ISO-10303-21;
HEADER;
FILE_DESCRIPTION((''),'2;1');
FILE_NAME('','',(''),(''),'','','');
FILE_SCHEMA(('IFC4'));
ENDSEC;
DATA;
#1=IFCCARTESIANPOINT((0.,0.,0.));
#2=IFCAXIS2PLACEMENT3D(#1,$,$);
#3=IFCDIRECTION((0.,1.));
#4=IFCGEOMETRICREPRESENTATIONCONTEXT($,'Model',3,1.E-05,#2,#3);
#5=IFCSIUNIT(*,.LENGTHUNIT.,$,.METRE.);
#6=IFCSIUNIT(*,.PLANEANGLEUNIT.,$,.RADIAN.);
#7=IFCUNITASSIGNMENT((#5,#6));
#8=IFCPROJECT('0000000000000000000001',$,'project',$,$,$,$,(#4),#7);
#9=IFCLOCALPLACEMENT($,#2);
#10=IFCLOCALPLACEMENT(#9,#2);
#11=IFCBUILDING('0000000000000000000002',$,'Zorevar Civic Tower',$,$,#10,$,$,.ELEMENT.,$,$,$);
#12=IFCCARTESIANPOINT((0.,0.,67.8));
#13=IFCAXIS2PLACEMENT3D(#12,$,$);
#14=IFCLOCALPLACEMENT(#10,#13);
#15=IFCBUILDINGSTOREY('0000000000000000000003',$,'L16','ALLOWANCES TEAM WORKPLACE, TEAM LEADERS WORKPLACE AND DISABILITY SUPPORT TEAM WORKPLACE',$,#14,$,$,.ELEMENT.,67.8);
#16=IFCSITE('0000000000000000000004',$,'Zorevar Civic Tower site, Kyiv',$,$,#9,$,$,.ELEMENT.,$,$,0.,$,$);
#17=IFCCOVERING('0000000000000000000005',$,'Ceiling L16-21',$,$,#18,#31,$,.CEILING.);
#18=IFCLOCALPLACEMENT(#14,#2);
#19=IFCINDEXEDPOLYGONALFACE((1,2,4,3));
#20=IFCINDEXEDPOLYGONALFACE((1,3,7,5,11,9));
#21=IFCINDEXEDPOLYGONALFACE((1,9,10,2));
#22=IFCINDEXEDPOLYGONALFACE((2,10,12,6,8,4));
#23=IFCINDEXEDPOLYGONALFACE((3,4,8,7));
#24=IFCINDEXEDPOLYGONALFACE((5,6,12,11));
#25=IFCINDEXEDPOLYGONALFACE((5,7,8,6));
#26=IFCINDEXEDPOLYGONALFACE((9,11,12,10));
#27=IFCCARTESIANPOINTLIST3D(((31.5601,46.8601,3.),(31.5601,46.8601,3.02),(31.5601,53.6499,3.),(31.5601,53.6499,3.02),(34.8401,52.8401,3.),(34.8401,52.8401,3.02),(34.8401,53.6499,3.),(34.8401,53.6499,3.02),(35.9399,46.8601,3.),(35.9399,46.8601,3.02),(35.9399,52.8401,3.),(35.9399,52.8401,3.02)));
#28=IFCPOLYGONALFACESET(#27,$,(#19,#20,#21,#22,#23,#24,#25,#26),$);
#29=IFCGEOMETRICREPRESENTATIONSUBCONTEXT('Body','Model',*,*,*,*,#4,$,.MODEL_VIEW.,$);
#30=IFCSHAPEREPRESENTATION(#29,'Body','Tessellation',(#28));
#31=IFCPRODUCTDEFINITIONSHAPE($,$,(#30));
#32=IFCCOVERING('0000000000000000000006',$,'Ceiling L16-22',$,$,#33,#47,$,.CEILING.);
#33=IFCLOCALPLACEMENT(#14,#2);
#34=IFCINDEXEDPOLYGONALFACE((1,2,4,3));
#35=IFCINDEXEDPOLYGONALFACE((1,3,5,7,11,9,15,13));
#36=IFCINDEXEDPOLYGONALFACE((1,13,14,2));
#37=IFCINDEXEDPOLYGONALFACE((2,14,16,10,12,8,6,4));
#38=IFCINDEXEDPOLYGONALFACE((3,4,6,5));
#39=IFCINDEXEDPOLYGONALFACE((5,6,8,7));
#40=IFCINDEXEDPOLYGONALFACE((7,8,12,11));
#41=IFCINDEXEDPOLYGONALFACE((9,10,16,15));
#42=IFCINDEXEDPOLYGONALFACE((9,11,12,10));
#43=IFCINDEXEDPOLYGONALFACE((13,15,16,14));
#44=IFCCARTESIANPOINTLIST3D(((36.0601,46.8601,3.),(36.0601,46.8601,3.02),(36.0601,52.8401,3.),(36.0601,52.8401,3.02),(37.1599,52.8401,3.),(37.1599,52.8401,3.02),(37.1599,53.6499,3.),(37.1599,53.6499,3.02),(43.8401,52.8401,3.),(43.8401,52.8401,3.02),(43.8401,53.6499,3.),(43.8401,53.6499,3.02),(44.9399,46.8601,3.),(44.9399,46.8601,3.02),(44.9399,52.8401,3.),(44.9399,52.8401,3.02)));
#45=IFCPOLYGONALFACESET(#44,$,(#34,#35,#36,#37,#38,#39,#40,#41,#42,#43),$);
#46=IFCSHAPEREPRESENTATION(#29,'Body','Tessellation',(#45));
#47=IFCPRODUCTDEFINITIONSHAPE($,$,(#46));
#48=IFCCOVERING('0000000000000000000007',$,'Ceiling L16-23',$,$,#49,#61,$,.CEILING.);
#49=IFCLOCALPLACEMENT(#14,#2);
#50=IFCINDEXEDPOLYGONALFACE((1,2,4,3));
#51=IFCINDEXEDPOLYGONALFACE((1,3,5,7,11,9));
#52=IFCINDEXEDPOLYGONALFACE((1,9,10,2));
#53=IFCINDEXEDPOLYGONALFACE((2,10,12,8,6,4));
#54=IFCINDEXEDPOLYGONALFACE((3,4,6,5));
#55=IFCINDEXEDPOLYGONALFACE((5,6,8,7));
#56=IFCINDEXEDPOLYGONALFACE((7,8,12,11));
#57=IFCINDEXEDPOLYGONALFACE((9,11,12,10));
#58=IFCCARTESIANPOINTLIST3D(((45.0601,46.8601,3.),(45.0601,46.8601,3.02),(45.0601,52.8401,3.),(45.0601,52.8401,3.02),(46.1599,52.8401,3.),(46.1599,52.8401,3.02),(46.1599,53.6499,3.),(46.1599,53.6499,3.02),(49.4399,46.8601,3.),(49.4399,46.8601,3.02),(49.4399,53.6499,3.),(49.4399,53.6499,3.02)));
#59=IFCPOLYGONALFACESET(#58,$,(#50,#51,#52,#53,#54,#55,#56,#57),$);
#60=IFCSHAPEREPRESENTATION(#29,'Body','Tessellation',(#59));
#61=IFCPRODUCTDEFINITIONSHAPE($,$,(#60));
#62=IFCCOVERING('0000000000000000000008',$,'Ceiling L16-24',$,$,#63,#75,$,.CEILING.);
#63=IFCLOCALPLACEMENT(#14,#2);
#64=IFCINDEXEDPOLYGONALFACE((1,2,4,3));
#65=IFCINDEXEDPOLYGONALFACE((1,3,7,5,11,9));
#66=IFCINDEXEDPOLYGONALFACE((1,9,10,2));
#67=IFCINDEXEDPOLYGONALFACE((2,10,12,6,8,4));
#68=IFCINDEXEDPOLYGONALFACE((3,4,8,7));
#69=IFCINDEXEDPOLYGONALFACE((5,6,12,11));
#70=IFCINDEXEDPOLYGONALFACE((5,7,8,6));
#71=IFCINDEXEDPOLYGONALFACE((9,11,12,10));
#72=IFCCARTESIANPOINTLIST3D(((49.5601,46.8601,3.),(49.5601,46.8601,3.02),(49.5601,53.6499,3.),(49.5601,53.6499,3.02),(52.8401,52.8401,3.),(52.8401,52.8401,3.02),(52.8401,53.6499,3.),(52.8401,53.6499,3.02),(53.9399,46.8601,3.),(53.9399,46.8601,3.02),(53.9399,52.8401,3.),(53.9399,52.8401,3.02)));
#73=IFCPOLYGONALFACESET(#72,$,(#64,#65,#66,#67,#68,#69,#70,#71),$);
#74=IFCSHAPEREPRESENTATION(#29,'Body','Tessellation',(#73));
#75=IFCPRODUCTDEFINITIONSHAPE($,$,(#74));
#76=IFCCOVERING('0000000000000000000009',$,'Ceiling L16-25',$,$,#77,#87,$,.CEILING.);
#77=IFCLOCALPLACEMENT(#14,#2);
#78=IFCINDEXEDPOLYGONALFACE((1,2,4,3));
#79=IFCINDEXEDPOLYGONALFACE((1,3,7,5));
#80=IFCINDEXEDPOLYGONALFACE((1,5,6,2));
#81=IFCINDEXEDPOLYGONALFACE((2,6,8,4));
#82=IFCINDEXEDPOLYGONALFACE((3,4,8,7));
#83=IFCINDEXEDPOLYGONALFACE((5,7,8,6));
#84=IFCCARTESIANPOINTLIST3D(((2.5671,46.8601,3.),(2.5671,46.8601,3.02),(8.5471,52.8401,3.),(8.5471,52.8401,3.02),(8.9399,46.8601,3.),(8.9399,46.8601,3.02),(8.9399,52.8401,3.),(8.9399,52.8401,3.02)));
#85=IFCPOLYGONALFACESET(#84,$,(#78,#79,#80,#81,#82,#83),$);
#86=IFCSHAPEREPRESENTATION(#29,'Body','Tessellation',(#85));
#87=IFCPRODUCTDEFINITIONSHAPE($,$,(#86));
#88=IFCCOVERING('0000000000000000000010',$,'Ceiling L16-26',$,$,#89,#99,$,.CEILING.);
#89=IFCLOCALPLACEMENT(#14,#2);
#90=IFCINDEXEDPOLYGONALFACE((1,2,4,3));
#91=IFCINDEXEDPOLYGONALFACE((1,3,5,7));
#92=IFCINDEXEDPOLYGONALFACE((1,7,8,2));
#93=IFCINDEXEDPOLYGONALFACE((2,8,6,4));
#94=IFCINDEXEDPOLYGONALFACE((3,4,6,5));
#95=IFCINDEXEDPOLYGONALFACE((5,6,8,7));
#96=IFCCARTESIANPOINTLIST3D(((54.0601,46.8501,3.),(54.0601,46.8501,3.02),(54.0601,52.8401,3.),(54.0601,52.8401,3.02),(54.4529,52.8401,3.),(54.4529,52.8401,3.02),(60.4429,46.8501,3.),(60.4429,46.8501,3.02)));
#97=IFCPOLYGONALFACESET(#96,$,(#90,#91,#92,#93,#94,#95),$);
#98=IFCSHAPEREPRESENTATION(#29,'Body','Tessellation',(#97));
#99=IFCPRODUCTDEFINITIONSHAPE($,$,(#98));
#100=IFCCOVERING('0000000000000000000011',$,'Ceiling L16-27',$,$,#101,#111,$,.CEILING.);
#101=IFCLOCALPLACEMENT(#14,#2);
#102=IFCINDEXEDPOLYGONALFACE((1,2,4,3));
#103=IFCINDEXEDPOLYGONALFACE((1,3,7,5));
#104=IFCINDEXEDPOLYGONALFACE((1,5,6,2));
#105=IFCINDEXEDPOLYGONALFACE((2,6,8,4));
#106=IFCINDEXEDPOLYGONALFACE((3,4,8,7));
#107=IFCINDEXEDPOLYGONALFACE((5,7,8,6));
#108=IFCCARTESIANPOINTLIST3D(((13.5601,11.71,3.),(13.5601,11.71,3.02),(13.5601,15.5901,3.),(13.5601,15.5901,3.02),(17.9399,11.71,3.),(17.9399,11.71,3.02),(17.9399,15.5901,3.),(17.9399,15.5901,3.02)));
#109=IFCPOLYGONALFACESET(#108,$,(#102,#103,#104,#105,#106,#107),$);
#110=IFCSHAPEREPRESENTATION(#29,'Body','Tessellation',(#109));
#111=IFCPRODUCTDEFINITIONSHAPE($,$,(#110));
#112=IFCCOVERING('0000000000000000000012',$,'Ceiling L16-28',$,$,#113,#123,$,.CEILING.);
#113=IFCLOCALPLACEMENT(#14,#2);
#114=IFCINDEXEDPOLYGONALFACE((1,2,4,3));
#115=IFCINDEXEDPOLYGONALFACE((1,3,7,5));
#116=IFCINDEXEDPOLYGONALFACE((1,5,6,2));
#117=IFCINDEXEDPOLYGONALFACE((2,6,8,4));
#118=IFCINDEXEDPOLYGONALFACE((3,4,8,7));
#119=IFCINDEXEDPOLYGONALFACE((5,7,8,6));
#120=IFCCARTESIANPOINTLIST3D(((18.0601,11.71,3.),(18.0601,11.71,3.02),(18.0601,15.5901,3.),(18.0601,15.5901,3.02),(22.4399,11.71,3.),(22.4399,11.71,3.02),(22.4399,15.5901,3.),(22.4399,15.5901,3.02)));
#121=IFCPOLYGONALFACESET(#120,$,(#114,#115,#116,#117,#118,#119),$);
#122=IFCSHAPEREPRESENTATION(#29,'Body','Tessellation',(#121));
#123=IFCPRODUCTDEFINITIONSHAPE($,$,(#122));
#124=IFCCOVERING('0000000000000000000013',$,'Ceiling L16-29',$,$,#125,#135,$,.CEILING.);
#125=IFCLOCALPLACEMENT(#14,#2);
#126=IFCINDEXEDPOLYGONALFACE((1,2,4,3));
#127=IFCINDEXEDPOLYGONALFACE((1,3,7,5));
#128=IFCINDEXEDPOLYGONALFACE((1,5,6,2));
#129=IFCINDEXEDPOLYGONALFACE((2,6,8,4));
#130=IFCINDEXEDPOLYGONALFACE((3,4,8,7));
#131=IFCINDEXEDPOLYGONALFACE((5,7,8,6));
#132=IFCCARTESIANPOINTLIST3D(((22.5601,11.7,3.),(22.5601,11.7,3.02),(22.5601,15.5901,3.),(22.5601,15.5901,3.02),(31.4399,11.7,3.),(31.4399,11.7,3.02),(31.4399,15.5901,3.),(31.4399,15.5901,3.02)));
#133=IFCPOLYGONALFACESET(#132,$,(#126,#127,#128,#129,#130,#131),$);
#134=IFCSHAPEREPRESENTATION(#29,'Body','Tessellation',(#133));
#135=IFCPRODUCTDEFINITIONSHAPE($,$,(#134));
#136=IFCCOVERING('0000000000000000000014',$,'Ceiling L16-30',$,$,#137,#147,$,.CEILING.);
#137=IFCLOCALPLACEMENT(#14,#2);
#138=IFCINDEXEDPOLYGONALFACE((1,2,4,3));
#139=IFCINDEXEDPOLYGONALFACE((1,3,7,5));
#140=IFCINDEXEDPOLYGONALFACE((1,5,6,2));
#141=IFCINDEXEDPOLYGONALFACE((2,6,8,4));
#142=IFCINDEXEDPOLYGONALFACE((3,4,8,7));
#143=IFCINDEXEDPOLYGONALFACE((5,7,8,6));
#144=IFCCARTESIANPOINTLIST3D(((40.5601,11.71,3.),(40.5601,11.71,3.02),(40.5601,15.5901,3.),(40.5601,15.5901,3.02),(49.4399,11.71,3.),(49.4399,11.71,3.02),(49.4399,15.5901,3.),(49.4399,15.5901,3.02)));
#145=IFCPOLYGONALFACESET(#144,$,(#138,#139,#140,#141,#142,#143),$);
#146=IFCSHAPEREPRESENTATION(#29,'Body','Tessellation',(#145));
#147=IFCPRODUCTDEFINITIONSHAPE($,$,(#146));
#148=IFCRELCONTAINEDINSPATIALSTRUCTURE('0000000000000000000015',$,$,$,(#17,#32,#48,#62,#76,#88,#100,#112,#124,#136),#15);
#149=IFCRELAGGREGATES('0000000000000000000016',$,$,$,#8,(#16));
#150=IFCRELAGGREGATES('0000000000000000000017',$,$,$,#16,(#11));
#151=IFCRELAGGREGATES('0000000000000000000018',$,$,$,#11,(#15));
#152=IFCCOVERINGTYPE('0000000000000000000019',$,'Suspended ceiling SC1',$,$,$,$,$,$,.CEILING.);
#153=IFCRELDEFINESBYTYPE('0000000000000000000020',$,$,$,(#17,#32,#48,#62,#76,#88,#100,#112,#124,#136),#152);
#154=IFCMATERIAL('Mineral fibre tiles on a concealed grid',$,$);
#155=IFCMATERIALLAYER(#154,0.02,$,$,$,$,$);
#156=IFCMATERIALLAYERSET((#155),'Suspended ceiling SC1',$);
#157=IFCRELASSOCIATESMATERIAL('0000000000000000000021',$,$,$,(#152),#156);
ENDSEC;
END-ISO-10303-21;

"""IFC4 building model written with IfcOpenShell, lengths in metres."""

from ifc_helpers import new_model, si_unit, direction, frame, origin, place, context, subcontext, project, spatial, polyline, outline, extrude, material, layer, layer_set, type_object, element, save


model = new_model("IFC4")

# Units and contexts
model_context = context("Model", 3, precision=1e-05, world=origin(), true_north=direction((0.0, 1.0)))
body_context = subcontext(model_context, "Body", "Model", "MODEL_VIEW")
ifc_project = project(units=[si_unit("LENGTHUNIT", "METRE"), si_unit("PLANEANGLEUNIT", "RADIAN")], contexts=[model_context])

# Site, building, storey
site_placement = place(None, origin())
site = spatial("IfcSite", under=ifc_project, at=site_placement, Name="Zorevar Civic Tower site, Kyiv", CompositionType="ELEMENT", RefElevation=0.0)
building_placement = place(site_placement, origin())
building = spatial("IfcBuilding", under=site, at=building_placement, Name="Zorevar Civic Tower", CompositionType="ELEMENT")
storey_placement = place(building_placement, frame((0.0, 0.0, 67.8)))
storey = spatial("IfcBuildingStorey", under=building, at=storey_placement, Name="L16", Description="ALLOWANCES TEAM WORKPLACE, TEAM LEADERS WORKPLACE AND DISABILITY SUPPORT TEAM WORKPLACE", CompositionType="ELEMENT", Elevation=67.8)

# Coverings
ifc_material_1 = material(Name="Mineral fibre tiles on a concealed grid")
ifc_layer_1 = layer(ifc_material_1, 0.02)
ifc_layer_set_1 = layer_set([ifc_layer_1], Name="Suspended ceiling SC1")
covering_type_1 = type_object("IfcCoveringType", Name="Suspended ceiling SC1", PredefinedType="CEILING", material=ifc_layer_set_1)
covering_1_placement = place(storey_placement, frame((0.0, 0.0, 3.0)))
element("IfcCovering", 1, at=covering_1_placement, inside=storey, type_object=covering_type_1, Name="Ceiling L16-21", PredefinedType="CEILING", context=body_context, shape_type="SweptSolid", body=[
    extrude(outline(polyline([(31.5601, 46.8601), (31.5601, 53.6499), (34.8401, 53.6499), (34.8401, 52.8401), (35.9399, 52.8401), (35.9399, 46.8601), (31.5601, 46.8601)])), origin(), (0.0, 0.0, 1.0), 0.02),
])
covering_2_placement = place(storey_placement, frame((0.0, 0.0, 3.0)))
element("IfcCovering", 2, at=covering_2_placement, inside=storey, type_object=covering_type_1, Name="Ceiling L16-22", PredefinedType="CEILING", context=body_context, shape_type="SweptSolid", body=[
    extrude(outline(polyline([(37.1599, 52.8401), (37.1599, 53.6499), (43.8401, 53.6499), (43.8401, 52.8401), (44.9399, 52.8401), (44.9399, 46.8601), (36.0601, 46.8601), (36.0601, 52.8401), (37.1599, 52.8401)])), origin(), (0.0, 0.0, 1.0), 0.02),
])
covering_3_placement = place(storey_placement, frame((0.0, 0.0, 3.0)))
element("IfcCovering", 3, at=covering_3_placement, inside=storey, type_object=covering_type_1, Name="Ceiling L16-23", PredefinedType="CEILING", context=body_context, shape_type="SweptSolid", body=[
    extrude(outline(polyline([(45.0601, 46.8601), (45.0601, 52.8401), (46.1599, 52.8401), (46.1599, 53.6499), (49.4399, 53.6499), (49.4399, 46.8601), (45.0601, 46.8601)])), origin(), (0.0, 0.0, 1.0), 0.02),
])
covering_4_placement = place(storey_placement, frame((0.0, 0.0, 3.0)))
element("IfcCovering", 4, at=covering_4_placement, inside=storey, type_object=covering_type_1, Name="Ceiling L16-24", PredefinedType="CEILING", context=body_context, shape_type="SweptSolid", body=[
    extrude(outline(polyline([(49.5601, 46.8601), (49.5601, 53.6499), (52.8401, 53.6499), (52.8401, 52.8401), (53.9399, 52.8401), (53.9399, 46.8601), (49.5601, 46.8601)])), origin(), (0.0, 0.0, 1.0), 0.02),
])
covering_5_placement = place(storey_placement, frame((0.0, 0.0, 3.0)))
element("IfcCovering", 5, at=covering_5_placement, inside=storey, type_object=covering_type_1, Name="Ceiling L16-25", PredefinedType="CEILING", context=body_context, shape_type="SweptSolid", body=[
    extrude(outline(polyline([(8.9399, 52.8401), (8.9399, 46.8601), (2.5671, 46.8601), (8.5471, 52.8401), (8.9399, 52.8401)])), origin(), (0.0, 0.0, 1.0), 0.02),
])
covering_6_placement = place(storey_placement, frame((0.0, 0.0, 3.0)))
element("IfcCovering", 6, at=covering_6_placement, inside=storey, type_object=covering_type_1, Name="Ceiling L16-26", PredefinedType="CEILING", context=body_context, shape_type="SweptSolid", body=[
    extrude(outline(polyline([(54.0601, 46.8501), (54.0601, 52.8401), (54.4529, 52.8401), (60.4429, 46.8501), (54.0601, 46.8501)])), origin(), (0.0, 0.0, 1.0), 0.02),
])
covering_7_placement = place(storey_placement, frame((0.0, 0.0, 3.0)))
element("IfcCovering", 7, at=covering_7_placement, inside=storey, type_object=covering_type_1, Name="Ceiling L16-27", PredefinedType="CEILING", context=body_context, shape_type="SweptSolid", body=[
    extrude(outline(polyline([(13.5601, 15.5901), (17.9399, 15.5901), (17.9399, 11.71), (13.5601, 11.71), (13.5601, 15.5901)])), origin(), (0.0, 0.0, 1.0), 0.02),
])
covering_8_placement = place(storey_placement, frame((0.0, 0.0, 3.0)))
element("IfcCovering", 8, at=covering_8_placement, inside=storey, type_object=covering_type_1, Name="Ceiling L16-28", PredefinedType="CEILING", context=body_context, shape_type="SweptSolid", body=[
    extrude(outline(polyline([(22.4399, 11.71), (18.0601, 11.71), (18.0601, 15.5901), (22.4399, 15.5901), (22.4399, 11.71)])), origin(), (0.0, 0.0, 1.0), 0.02),
])
covering_9_placement = place(storey_placement, frame((0.0, 0.0, 3.0)))
element("IfcCovering", 9, at=covering_9_placement, inside=storey, type_object=covering_type_1, Name="Ceiling L16-29", PredefinedType="CEILING", context=body_context, shape_type="SweptSolid", body=[
    extrude(outline(polyline([(22.5601, 15.5901), (31.4399, 15.5901), (31.4399, 11.7), (22.5601, 11.7), (22.5601, 15.5901)])), origin(), (0.0, 0.0, 1.0), 0.02),
])
covering_10_placement = place(storey_placement, frame((0.0, 0.0, 3.0)))
element("IfcCovering", 10, at=covering_10_placement, inside=storey, type_object=covering_type_1, Name="Ceiling L16-30", PredefinedType="CEILING", context=body_context, shape_type="SweptSolid", body=[
    extrude(outline(polyline([(49.4399, 15.5901), (49.4399, 11.71), (40.5601, 11.71), (40.5601, 15.5901), (49.4399, 15.5901)])), origin(), (0.0, 0.0, 1.0), 0.02),
])

save(model, "model.ifc")
